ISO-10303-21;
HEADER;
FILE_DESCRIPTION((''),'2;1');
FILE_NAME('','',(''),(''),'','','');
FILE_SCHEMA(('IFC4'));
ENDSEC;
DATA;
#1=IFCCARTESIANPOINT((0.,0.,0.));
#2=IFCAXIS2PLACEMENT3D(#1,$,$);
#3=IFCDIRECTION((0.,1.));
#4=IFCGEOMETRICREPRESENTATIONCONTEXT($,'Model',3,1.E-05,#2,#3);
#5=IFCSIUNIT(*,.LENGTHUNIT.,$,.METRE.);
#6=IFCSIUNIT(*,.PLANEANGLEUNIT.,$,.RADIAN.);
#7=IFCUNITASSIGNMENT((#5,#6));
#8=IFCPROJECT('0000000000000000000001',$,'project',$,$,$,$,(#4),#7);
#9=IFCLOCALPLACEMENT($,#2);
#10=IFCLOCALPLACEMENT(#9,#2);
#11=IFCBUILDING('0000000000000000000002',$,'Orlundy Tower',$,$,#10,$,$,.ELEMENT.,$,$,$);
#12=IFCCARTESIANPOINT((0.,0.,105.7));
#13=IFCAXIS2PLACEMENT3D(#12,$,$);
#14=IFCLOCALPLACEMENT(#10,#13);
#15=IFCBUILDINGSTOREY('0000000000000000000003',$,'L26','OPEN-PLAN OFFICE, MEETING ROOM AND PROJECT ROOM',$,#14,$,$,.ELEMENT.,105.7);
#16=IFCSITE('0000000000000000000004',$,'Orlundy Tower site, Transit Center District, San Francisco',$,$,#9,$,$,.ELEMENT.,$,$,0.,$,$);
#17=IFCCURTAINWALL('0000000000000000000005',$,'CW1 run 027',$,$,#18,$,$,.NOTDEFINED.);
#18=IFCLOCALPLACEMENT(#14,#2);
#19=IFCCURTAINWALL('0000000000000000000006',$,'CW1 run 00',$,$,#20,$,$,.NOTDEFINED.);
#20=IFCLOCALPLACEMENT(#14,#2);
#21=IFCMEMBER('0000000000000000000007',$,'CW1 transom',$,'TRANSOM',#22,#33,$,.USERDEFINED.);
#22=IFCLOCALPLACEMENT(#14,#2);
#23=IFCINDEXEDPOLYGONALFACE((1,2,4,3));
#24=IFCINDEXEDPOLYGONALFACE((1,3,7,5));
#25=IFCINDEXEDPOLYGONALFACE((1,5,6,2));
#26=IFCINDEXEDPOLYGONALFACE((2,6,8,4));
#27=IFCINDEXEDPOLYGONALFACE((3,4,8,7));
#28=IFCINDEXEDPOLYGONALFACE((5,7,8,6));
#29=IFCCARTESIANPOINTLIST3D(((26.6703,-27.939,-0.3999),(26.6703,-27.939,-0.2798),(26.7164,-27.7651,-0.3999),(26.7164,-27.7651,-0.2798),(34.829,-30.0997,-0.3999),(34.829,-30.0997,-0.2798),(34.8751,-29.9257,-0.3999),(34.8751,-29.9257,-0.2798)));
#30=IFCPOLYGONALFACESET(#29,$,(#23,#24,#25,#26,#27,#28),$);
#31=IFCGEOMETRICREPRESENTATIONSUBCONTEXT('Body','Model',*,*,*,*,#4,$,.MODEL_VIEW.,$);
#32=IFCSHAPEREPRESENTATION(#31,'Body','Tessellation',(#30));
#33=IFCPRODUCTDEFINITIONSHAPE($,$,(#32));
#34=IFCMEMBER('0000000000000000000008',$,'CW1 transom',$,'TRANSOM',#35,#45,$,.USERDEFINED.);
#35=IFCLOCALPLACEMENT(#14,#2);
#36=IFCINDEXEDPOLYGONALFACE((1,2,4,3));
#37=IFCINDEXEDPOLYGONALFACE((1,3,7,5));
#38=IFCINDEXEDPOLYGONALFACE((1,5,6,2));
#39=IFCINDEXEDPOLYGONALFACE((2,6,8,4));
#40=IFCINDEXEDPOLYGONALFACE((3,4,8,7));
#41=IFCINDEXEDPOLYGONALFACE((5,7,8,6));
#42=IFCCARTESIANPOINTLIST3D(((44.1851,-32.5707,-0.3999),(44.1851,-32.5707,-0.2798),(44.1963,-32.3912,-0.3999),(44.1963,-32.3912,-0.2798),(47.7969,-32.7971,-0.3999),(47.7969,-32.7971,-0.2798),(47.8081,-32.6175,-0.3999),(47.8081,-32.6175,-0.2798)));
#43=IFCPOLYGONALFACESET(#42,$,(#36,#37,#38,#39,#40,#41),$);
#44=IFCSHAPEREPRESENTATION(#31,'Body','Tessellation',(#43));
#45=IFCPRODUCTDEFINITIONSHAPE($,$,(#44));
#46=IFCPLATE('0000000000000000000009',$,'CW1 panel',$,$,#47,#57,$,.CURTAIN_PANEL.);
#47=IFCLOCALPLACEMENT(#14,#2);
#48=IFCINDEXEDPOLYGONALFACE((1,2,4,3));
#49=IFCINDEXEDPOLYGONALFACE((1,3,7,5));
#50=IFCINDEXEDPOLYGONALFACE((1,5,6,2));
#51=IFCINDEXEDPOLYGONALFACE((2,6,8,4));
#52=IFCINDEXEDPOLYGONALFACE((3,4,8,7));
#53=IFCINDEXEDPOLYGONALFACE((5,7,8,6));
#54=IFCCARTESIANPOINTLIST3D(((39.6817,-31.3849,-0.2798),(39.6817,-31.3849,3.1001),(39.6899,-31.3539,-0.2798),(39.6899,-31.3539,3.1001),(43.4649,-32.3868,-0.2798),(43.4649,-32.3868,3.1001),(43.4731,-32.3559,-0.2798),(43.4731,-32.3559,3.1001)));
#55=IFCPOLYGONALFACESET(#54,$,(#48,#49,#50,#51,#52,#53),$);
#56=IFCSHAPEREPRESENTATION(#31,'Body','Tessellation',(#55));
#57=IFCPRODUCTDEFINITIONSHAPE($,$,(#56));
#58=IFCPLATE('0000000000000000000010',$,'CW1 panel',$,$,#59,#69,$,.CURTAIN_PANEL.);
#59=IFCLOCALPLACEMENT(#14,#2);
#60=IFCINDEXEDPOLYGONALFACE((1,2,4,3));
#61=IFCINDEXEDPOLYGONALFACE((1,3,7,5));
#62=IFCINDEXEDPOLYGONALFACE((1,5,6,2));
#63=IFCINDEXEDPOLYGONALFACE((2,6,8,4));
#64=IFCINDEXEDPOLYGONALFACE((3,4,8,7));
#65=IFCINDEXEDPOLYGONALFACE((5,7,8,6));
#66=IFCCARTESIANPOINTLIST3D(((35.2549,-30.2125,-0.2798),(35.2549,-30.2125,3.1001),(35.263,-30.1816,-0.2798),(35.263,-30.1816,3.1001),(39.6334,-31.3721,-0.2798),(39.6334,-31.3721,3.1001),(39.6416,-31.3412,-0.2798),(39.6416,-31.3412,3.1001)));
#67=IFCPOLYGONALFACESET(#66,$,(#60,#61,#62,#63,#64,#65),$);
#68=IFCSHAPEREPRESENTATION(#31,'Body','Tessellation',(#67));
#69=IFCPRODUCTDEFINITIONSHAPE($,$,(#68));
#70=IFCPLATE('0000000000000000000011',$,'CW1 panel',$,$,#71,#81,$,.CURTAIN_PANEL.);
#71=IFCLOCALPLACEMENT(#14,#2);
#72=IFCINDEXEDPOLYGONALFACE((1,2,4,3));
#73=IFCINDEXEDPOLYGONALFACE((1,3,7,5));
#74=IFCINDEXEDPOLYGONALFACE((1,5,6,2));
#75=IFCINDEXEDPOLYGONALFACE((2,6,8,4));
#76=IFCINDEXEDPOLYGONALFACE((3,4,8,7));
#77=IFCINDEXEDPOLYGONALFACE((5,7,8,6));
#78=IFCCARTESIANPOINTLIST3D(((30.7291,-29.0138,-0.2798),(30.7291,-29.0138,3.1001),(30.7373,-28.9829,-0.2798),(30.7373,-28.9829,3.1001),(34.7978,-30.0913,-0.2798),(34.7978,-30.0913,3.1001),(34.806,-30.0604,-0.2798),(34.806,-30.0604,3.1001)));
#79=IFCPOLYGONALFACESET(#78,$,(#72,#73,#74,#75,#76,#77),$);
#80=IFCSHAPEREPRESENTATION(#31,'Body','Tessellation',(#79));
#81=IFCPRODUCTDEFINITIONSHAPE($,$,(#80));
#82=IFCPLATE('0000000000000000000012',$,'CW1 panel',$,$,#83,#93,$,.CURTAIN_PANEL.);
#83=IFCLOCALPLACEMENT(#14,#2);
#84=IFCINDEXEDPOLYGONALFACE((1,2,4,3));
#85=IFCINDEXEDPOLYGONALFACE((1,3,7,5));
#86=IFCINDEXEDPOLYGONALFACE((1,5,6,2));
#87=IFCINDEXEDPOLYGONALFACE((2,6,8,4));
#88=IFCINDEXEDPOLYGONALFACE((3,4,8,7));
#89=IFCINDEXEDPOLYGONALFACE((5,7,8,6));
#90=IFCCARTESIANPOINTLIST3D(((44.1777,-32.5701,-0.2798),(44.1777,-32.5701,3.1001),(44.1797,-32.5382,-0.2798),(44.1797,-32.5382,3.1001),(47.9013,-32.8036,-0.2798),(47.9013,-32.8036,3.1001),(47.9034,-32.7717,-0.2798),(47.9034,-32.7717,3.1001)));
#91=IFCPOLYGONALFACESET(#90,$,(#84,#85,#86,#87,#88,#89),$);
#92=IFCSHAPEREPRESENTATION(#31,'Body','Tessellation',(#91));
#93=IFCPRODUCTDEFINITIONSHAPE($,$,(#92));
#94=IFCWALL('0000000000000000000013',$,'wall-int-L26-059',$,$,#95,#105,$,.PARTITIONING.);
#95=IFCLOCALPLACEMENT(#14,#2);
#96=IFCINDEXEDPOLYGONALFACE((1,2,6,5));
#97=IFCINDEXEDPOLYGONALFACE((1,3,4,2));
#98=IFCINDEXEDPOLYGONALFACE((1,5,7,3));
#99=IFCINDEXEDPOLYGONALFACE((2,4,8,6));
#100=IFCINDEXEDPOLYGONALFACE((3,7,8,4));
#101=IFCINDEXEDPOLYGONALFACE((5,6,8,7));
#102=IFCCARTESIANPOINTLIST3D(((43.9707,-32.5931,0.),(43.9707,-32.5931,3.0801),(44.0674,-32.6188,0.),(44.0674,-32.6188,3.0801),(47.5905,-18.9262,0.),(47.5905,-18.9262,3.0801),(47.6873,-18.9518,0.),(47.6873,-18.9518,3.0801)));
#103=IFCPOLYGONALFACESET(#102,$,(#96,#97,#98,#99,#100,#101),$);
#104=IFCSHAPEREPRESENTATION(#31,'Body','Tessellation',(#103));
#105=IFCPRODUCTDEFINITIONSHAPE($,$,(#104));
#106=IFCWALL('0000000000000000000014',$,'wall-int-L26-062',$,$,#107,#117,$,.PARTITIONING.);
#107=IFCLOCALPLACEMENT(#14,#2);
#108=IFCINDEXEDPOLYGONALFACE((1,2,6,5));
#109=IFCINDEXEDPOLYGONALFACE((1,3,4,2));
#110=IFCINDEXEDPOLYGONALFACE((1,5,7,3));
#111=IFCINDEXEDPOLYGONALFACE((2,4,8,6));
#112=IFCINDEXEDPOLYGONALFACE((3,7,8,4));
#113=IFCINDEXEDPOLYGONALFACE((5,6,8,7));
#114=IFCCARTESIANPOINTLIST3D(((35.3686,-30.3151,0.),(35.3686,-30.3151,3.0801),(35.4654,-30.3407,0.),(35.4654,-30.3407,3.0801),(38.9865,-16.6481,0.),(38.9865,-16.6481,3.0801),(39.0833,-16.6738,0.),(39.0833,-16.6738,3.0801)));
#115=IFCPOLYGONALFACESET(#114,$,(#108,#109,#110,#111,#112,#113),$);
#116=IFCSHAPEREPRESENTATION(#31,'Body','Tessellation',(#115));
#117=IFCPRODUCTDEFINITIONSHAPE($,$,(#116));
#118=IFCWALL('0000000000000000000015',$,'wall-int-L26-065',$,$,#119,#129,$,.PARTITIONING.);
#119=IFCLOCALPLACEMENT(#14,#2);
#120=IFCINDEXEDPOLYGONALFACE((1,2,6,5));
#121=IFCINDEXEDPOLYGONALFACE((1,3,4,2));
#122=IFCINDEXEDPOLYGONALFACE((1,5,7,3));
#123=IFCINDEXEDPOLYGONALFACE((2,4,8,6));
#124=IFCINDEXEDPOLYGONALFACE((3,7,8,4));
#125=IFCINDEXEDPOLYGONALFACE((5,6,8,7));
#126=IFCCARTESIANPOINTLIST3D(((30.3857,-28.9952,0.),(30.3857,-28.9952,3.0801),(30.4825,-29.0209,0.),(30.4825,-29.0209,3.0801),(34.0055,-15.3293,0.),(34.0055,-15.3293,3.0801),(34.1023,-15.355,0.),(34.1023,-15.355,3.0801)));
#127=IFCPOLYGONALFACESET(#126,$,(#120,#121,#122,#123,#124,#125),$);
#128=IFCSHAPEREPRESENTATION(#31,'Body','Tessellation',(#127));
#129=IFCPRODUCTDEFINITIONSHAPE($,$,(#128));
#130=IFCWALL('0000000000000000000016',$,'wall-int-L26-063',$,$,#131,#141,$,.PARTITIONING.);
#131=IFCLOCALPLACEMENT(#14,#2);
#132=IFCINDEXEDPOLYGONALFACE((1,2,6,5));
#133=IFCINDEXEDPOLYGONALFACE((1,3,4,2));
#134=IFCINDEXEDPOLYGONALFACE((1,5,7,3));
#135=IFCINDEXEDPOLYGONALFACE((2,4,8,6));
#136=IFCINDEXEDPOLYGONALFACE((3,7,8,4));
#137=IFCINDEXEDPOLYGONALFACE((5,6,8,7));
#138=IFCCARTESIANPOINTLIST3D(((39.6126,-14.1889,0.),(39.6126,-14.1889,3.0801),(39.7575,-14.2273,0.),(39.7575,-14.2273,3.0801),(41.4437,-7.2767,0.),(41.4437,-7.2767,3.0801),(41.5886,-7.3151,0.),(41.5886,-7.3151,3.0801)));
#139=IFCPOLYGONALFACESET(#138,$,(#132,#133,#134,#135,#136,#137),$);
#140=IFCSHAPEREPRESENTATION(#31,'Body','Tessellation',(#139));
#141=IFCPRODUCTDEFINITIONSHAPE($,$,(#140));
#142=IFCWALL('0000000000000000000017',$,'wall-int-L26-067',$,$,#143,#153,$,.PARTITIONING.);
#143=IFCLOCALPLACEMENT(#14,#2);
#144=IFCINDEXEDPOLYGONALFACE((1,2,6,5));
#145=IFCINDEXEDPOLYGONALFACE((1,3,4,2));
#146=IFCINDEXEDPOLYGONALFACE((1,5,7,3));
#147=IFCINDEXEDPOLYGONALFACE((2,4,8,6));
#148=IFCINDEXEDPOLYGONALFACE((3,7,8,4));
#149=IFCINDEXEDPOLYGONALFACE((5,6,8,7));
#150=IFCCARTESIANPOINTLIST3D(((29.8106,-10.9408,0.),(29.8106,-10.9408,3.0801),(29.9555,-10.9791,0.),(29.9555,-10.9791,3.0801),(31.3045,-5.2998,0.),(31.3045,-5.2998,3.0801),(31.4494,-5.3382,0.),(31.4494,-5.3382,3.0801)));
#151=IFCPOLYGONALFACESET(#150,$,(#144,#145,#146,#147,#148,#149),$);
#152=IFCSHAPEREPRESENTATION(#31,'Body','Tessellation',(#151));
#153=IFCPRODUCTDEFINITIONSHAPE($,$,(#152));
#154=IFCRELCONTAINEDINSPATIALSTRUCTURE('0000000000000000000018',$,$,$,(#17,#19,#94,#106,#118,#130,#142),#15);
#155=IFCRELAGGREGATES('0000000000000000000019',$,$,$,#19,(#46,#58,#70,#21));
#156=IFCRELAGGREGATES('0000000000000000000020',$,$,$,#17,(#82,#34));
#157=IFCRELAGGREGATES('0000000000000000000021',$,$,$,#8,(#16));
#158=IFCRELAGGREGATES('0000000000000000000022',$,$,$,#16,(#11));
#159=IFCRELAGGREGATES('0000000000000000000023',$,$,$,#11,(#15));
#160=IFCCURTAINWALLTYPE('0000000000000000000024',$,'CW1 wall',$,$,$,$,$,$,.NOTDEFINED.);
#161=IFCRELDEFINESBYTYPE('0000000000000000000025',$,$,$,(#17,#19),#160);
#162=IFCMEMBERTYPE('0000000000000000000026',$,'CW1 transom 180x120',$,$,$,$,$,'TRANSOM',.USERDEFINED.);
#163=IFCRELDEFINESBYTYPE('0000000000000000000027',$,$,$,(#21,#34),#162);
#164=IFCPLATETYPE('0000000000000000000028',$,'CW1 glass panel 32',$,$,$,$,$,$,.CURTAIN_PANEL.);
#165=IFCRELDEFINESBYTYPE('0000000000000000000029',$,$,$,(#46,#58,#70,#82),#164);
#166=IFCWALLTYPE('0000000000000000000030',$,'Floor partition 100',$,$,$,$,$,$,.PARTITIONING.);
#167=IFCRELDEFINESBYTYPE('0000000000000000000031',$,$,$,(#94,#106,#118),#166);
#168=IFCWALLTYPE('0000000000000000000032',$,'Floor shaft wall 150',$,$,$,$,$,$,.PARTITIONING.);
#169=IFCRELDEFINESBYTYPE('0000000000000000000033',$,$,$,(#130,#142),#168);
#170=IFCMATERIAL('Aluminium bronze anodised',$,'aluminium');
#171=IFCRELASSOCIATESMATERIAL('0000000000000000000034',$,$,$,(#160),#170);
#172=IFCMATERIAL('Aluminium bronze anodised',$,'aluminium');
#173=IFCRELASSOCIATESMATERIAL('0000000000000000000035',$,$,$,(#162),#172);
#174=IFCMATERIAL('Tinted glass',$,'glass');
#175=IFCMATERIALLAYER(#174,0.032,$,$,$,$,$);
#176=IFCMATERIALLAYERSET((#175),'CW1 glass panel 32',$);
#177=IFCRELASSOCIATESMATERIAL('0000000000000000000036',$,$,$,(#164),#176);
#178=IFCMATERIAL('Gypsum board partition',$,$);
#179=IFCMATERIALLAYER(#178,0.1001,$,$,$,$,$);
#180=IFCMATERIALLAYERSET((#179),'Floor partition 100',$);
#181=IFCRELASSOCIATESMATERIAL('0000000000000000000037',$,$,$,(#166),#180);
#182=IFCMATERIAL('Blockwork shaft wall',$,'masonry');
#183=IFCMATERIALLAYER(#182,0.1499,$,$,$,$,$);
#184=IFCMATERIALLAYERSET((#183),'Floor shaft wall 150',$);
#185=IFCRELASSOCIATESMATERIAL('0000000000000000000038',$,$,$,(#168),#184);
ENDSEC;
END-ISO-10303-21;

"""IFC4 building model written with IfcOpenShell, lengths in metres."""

from ifc_helpers import new_model, si_unit, direction, frame, frame_2d, origin, origin_2d, place, context, subcontext, project, spatial, rectangle, extrude, material, layer, layer_set, material_profile, profile_set, type_object, element, aggregate, save


model = new_model("IFC4")

# Units and contexts
model_context = context("Model", 3, precision=1e-05, world=origin(), true_north=direction((0.0, 1.0)))
body_context = subcontext(model_context, "Body", "Model", "MODEL_VIEW")
ifc_project = project(units=[si_unit("LENGTHUNIT", "METRE"), si_unit("PLANEANGLEUNIT", "RADIAN")], contexts=[model_context])

# Site, building, storey
site_placement = place(None, origin())
site = spatial("IfcSite", under=ifc_project, at=site_placement, Name="Orlundy Tower site, Transit Center District, San Francisco", CompositionType="ELEMENT", RefElevation=0.0)
building_placement = place(site_placement, origin())
building = spatial("IfcBuilding", under=site, at=building_placement, Name="Orlundy Tower", CompositionType="ELEMENT")
storey_placement = place(building_placement, frame((0.0, 0.0, 105.7)))
storey = spatial("IfcBuildingStorey", under=building, at=storey_placement, Name="L26", Description="OPEN-PLAN OFFICE, MEETING ROOM AND PROJECT ROOM", CompositionType="ELEMENT", Elevation=105.7)

# Curtain wall
ifc_material_1 = material(Name="Aluminium bronze anodised", Category="aluminium")
curtain_wall_type = type_object("IfcCurtainWallType", Name="CW1 wall", PredefinedType="NOTDEFINED", material=ifc_material_1)
curtain_wall_1_placement = place(storey_placement, origin())
curtain_wall_1 = element("IfcCurtainWall", 1, at=curtain_wall_1_placement, inside=storey, type_object=curtain_wall_type, Name="CW1 run 027", PredefinedType="NOTDEFINED")

# Curtain wall, member
curtain_wall_2_placement = place(storey_placement, origin())
curtain_wall_2 = element("IfcCurtainWall", 2, at=curtain_wall_2_placement, inside=storey, type_object=curtain_wall_type, Name="CW1 run 00", PredefinedType="NOTDEFINED")
ifc_material_2 = material(Name="Aluminium bronze anodised", Category="aluminium")
ifc_material_profile_1 = material_profile(ifc_material_2, rectangle(XDim=0.1799, YDim=0.1201, at=origin_2d()), Name="CW1 transom 180x120")
ifc_profile_set_1 = profile_set([ifc_material_profile_1], Name="Aluminium bronze anodised")
member_type_1 = type_object("IfcMemberType", Name="CW1 transom 180x120", ElementType="TRANSOM", PredefinedType="USERDEFINED", material=ifc_profile_set_1)
member_1_placement = place(storey_placement, frame((34.8521, -30.0127, -0.3398), z_axis=(-0.966676, 0.256002, 0.0), x_axis=(-0.256002, -0.966676, 0.0)))
member_1 = element("IfcMember", 3, at=member_1_placement, type_object=member_type_1, Name="CW1 transom", ObjectType="TRANSOM", PredefinedType="USERDEFINED", context=body_context, shape_type="SweptSolid", body=[
    extrude(rectangle(XDim=0.1799, YDim=0.1201, at=origin_2d()), origin(), (0.0, 0.0, 1.0), 8.4399),
])

# Member
member_2_placement = place(storey_placement, frame((47.8025, -32.7073, -0.3398), z_axis=(-0.998043, 0.062538, 0.0), x_axis=(-0.062538, -0.998043, 0.0)))
member_2 = element("IfcMember", 4, at=member_2_placement, type_object=member_type_1, Name="CW1 transom", ObjectType="TRANSOM", PredefinedType="USERDEFINED", context=body_context, shape_type="SweptSolid", body=[
    extrude(rectangle(XDim=0.1799, YDim=0.1201, at=origin_2d()), origin(), (0.0, 0.0, 1.0), 3.6189),
])

# Plates
ifc_material_3 = material(Name="Tinted glass", Category="glass")
ifc_layer_1 = layer(ifc_material_3, 0.032)
ifc_layer_set_1 = layer_set([ifc_layer_1], Name="CW1 glass panel 32")
plate_type = type_object("IfcPlateType", Name="CW1 glass panel 32", PredefinedType="CURTAIN_PANEL", material=ifc_layer_set_1)
plate_1_placement = place(storey_placement, frame((41.5774, -31.8704, -0.2798), z_axis=(0.0, 0.0, 1.0), x_axis=(-0.966674, 0.256011, 0.0)))
plate_1 = element("IfcPlate", 5, at=plate_1_placement, type_object=plate_type, Name="CW1 panel", PredefinedType="CURTAIN_PANEL", context=body_context, shape_type="SweptSolid", body=[
    extrude(rectangle(XDim=3.9136, YDim=0.032, at=origin_2d()), origin(), (0.0, 0.0, 1.0), 3.3799),
])
plate_2_placement = place(storey_placement, frame((37.4482, -30.7769, -0.2798), z_axis=(0.0, 0.0, 1.0), x_axis=(-0.966674, 0.256011, 0.0)))
plate_2 = element("IfcPlate", 6, at=plate_2_placement, type_object=plate_type, Name="CW1 panel", PredefinedType="CURTAIN_PANEL", context=body_context, shape_type="SweptSolid", body=[
    extrude(rectangle(XDim=4.5295, YDim=0.032, at=origin_2d()), origin(), (0.0, 0.0, 1.0), 3.3799),
])
plate_3_placement = place(storey_placement, frame((32.7676, -29.5371, -0.2798), z_axis=(0.0, 0.0, 1.0), x_axis=(-0.966674, 0.256011, 0.0)))
plate_3 = element("IfcPlate", 7, at=plate_3_placement, type_object=plate_type, Name="CW1 panel", PredefinedType="CURTAIN_PANEL", context=body_context, shape_type="SweptSolid", body=[
    extrude(rectangle(XDim=4.209, YDim=0.032, at=origin_2d()), origin(), (0.0, 0.0, 1.0), 3.3799),
])
aggregate(curtain_wall_2, [plate_1, plate_2, plate_3, member_1])
plate_4_placement = place(storey_placement, frame((46.0405, -32.6709, -0.2798), z_axis=(0.0, 0.0, 1.0), x_axis=(-0.99804, 0.06258, 0.0)))
plate_4 = element("IfcPlate", 8, at=plate_4_placement, type_object=plate_type, Name="CW1 panel", PredefinedType="CURTAIN_PANEL", context=body_context, shape_type="SweptSolid", body=[
    extrude(rectangle(XDim=3.731, YDim=0.032, at=origin_2d()), origin(), (0.0, 0.0, 1.0), 3.3799),
])
aggregate(curtain_wall_1, [plate_4, member_2])

# Walls
ifc_material_4 = material(Name="Gypsum board partition")
ifc_layer_2 = layer(ifc_material_4, 0.1001)
ifc_layer_set_2 = layer_set([ifc_layer_2], Name="Floor partition 100")
wall_type_1 = type_object("IfcWallType", Name="Floor partition 100", PredefinedType="PARTITIONING", material=ifc_layer_set_2)
wall_1_placement = place(storey_placement, frame((44.019, -32.606, 0.0), z_axis=(0.0, 0.0, 1.0), x_axis=(0.256034, 0.966668, 0.0)))
element("IfcWall", 9, at=wall_1_placement, inside=storey, type_object=wall_type_1, Name="wall-int-L26-059", PredefinedType="PARTITIONING", context=body_context, shape_type="SweptSolid", body=[
    extrude(rectangle(XDim=14.1382, YDim=0.1001, at=frame_2d((7.0691, 0.0))), origin(), (0.0, 0.0, 1.0), 3.0801),
])
wall_2_placement = place(storey_placement, frame((35.417, -30.3279, 0.0), z_axis=(0.0, 0.0, 1.0), x_axis=(0.255905, 0.966702, 0.0)))
element("IfcWall", 10, at=wall_2_placement, inside=storey, type_object=wall_type_1, Name="wall-int-L26-062", PredefinedType="PARTITIONING", context=body_context, shape_type="SweptSolid", body=[
    extrude(rectangle(XDim=14.1377, YDim=0.1001, at=frame_2d((7.0688, 0.0))), origin(), (0.0, 0.0, 1.0), 3.0801),
])
wall_3_placement = place(storey_placement, frame((30.4341, -29.0081, 0.0), z_axis=(0.0, 0.0, 1.0), x_axis=(0.256051, 0.966663, 0.0)))
element("IfcWall", 11, at=wall_3_placement, inside=storey, type_object=wall_type_1, Name="wall-int-L26-065", PredefinedType="PARTITIONING", context=body_context, shape_type="SweptSolid", body=[
    extrude(rectangle(XDim=14.1372, YDim=0.1001, at=frame_2d((7.0686, 0.0))), origin(), (0.0, 0.0, 1.0), 3.0801),
])
ifc_material_5 = material(Name="Blockwork shaft wall", Category="masonry")
ifc_layer_3 = layer(ifc_material_5, 0.1499)
ifc_layer_set_3 = layer_set([ifc_layer_3], Name="Floor shaft wall 150")
wall_type_2 = type_object("IfcWallType", Name="Floor shaft wall 150", PredefinedType="PARTITIONING", material=ifc_layer_set_3)
wall_4_placement = place(storey_placement, frame((39.6851, -14.208, 0.0), z_axis=(0.0, 0.0, 1.0), x_axis=(0.256073, 0.966658, 0.0)))
element("IfcWall", 12, at=wall_4_placement, inside=storey, type_object=wall_type_2, Name="wall-int-L26-063", PredefinedType="PARTITIONING", context=body_context, shape_type="SweptSolid", body=[
    extrude(rectangle(XDim=7.1506, YDim=0.1499, at=frame_2d((3.5752, 0.0))), origin(), (0.0, 0.0, 1.0), 3.0801),
])
wall_5_placement = place(storey_placement, frame((29.8831, -10.96, 0.0), z_axis=(0.0, 0.0, 1.0), x_axis=(0.256009, 0.966674, 0.0)))
element("IfcWall", 13, at=wall_5_placement, inside=storey, type_object=wall_type_2, Name="wall-int-L26-067", PredefinedType="PARTITIONING", context=body_context, shape_type="SweptSolid", body=[
    extrude(rectangle(XDim=5.8354, YDim=0.1499, at=frame_2d((2.9177, 0.0))), origin(), (0.0, 0.0, 1.0), 3.0801),
])

save(model, "model.ifc")
